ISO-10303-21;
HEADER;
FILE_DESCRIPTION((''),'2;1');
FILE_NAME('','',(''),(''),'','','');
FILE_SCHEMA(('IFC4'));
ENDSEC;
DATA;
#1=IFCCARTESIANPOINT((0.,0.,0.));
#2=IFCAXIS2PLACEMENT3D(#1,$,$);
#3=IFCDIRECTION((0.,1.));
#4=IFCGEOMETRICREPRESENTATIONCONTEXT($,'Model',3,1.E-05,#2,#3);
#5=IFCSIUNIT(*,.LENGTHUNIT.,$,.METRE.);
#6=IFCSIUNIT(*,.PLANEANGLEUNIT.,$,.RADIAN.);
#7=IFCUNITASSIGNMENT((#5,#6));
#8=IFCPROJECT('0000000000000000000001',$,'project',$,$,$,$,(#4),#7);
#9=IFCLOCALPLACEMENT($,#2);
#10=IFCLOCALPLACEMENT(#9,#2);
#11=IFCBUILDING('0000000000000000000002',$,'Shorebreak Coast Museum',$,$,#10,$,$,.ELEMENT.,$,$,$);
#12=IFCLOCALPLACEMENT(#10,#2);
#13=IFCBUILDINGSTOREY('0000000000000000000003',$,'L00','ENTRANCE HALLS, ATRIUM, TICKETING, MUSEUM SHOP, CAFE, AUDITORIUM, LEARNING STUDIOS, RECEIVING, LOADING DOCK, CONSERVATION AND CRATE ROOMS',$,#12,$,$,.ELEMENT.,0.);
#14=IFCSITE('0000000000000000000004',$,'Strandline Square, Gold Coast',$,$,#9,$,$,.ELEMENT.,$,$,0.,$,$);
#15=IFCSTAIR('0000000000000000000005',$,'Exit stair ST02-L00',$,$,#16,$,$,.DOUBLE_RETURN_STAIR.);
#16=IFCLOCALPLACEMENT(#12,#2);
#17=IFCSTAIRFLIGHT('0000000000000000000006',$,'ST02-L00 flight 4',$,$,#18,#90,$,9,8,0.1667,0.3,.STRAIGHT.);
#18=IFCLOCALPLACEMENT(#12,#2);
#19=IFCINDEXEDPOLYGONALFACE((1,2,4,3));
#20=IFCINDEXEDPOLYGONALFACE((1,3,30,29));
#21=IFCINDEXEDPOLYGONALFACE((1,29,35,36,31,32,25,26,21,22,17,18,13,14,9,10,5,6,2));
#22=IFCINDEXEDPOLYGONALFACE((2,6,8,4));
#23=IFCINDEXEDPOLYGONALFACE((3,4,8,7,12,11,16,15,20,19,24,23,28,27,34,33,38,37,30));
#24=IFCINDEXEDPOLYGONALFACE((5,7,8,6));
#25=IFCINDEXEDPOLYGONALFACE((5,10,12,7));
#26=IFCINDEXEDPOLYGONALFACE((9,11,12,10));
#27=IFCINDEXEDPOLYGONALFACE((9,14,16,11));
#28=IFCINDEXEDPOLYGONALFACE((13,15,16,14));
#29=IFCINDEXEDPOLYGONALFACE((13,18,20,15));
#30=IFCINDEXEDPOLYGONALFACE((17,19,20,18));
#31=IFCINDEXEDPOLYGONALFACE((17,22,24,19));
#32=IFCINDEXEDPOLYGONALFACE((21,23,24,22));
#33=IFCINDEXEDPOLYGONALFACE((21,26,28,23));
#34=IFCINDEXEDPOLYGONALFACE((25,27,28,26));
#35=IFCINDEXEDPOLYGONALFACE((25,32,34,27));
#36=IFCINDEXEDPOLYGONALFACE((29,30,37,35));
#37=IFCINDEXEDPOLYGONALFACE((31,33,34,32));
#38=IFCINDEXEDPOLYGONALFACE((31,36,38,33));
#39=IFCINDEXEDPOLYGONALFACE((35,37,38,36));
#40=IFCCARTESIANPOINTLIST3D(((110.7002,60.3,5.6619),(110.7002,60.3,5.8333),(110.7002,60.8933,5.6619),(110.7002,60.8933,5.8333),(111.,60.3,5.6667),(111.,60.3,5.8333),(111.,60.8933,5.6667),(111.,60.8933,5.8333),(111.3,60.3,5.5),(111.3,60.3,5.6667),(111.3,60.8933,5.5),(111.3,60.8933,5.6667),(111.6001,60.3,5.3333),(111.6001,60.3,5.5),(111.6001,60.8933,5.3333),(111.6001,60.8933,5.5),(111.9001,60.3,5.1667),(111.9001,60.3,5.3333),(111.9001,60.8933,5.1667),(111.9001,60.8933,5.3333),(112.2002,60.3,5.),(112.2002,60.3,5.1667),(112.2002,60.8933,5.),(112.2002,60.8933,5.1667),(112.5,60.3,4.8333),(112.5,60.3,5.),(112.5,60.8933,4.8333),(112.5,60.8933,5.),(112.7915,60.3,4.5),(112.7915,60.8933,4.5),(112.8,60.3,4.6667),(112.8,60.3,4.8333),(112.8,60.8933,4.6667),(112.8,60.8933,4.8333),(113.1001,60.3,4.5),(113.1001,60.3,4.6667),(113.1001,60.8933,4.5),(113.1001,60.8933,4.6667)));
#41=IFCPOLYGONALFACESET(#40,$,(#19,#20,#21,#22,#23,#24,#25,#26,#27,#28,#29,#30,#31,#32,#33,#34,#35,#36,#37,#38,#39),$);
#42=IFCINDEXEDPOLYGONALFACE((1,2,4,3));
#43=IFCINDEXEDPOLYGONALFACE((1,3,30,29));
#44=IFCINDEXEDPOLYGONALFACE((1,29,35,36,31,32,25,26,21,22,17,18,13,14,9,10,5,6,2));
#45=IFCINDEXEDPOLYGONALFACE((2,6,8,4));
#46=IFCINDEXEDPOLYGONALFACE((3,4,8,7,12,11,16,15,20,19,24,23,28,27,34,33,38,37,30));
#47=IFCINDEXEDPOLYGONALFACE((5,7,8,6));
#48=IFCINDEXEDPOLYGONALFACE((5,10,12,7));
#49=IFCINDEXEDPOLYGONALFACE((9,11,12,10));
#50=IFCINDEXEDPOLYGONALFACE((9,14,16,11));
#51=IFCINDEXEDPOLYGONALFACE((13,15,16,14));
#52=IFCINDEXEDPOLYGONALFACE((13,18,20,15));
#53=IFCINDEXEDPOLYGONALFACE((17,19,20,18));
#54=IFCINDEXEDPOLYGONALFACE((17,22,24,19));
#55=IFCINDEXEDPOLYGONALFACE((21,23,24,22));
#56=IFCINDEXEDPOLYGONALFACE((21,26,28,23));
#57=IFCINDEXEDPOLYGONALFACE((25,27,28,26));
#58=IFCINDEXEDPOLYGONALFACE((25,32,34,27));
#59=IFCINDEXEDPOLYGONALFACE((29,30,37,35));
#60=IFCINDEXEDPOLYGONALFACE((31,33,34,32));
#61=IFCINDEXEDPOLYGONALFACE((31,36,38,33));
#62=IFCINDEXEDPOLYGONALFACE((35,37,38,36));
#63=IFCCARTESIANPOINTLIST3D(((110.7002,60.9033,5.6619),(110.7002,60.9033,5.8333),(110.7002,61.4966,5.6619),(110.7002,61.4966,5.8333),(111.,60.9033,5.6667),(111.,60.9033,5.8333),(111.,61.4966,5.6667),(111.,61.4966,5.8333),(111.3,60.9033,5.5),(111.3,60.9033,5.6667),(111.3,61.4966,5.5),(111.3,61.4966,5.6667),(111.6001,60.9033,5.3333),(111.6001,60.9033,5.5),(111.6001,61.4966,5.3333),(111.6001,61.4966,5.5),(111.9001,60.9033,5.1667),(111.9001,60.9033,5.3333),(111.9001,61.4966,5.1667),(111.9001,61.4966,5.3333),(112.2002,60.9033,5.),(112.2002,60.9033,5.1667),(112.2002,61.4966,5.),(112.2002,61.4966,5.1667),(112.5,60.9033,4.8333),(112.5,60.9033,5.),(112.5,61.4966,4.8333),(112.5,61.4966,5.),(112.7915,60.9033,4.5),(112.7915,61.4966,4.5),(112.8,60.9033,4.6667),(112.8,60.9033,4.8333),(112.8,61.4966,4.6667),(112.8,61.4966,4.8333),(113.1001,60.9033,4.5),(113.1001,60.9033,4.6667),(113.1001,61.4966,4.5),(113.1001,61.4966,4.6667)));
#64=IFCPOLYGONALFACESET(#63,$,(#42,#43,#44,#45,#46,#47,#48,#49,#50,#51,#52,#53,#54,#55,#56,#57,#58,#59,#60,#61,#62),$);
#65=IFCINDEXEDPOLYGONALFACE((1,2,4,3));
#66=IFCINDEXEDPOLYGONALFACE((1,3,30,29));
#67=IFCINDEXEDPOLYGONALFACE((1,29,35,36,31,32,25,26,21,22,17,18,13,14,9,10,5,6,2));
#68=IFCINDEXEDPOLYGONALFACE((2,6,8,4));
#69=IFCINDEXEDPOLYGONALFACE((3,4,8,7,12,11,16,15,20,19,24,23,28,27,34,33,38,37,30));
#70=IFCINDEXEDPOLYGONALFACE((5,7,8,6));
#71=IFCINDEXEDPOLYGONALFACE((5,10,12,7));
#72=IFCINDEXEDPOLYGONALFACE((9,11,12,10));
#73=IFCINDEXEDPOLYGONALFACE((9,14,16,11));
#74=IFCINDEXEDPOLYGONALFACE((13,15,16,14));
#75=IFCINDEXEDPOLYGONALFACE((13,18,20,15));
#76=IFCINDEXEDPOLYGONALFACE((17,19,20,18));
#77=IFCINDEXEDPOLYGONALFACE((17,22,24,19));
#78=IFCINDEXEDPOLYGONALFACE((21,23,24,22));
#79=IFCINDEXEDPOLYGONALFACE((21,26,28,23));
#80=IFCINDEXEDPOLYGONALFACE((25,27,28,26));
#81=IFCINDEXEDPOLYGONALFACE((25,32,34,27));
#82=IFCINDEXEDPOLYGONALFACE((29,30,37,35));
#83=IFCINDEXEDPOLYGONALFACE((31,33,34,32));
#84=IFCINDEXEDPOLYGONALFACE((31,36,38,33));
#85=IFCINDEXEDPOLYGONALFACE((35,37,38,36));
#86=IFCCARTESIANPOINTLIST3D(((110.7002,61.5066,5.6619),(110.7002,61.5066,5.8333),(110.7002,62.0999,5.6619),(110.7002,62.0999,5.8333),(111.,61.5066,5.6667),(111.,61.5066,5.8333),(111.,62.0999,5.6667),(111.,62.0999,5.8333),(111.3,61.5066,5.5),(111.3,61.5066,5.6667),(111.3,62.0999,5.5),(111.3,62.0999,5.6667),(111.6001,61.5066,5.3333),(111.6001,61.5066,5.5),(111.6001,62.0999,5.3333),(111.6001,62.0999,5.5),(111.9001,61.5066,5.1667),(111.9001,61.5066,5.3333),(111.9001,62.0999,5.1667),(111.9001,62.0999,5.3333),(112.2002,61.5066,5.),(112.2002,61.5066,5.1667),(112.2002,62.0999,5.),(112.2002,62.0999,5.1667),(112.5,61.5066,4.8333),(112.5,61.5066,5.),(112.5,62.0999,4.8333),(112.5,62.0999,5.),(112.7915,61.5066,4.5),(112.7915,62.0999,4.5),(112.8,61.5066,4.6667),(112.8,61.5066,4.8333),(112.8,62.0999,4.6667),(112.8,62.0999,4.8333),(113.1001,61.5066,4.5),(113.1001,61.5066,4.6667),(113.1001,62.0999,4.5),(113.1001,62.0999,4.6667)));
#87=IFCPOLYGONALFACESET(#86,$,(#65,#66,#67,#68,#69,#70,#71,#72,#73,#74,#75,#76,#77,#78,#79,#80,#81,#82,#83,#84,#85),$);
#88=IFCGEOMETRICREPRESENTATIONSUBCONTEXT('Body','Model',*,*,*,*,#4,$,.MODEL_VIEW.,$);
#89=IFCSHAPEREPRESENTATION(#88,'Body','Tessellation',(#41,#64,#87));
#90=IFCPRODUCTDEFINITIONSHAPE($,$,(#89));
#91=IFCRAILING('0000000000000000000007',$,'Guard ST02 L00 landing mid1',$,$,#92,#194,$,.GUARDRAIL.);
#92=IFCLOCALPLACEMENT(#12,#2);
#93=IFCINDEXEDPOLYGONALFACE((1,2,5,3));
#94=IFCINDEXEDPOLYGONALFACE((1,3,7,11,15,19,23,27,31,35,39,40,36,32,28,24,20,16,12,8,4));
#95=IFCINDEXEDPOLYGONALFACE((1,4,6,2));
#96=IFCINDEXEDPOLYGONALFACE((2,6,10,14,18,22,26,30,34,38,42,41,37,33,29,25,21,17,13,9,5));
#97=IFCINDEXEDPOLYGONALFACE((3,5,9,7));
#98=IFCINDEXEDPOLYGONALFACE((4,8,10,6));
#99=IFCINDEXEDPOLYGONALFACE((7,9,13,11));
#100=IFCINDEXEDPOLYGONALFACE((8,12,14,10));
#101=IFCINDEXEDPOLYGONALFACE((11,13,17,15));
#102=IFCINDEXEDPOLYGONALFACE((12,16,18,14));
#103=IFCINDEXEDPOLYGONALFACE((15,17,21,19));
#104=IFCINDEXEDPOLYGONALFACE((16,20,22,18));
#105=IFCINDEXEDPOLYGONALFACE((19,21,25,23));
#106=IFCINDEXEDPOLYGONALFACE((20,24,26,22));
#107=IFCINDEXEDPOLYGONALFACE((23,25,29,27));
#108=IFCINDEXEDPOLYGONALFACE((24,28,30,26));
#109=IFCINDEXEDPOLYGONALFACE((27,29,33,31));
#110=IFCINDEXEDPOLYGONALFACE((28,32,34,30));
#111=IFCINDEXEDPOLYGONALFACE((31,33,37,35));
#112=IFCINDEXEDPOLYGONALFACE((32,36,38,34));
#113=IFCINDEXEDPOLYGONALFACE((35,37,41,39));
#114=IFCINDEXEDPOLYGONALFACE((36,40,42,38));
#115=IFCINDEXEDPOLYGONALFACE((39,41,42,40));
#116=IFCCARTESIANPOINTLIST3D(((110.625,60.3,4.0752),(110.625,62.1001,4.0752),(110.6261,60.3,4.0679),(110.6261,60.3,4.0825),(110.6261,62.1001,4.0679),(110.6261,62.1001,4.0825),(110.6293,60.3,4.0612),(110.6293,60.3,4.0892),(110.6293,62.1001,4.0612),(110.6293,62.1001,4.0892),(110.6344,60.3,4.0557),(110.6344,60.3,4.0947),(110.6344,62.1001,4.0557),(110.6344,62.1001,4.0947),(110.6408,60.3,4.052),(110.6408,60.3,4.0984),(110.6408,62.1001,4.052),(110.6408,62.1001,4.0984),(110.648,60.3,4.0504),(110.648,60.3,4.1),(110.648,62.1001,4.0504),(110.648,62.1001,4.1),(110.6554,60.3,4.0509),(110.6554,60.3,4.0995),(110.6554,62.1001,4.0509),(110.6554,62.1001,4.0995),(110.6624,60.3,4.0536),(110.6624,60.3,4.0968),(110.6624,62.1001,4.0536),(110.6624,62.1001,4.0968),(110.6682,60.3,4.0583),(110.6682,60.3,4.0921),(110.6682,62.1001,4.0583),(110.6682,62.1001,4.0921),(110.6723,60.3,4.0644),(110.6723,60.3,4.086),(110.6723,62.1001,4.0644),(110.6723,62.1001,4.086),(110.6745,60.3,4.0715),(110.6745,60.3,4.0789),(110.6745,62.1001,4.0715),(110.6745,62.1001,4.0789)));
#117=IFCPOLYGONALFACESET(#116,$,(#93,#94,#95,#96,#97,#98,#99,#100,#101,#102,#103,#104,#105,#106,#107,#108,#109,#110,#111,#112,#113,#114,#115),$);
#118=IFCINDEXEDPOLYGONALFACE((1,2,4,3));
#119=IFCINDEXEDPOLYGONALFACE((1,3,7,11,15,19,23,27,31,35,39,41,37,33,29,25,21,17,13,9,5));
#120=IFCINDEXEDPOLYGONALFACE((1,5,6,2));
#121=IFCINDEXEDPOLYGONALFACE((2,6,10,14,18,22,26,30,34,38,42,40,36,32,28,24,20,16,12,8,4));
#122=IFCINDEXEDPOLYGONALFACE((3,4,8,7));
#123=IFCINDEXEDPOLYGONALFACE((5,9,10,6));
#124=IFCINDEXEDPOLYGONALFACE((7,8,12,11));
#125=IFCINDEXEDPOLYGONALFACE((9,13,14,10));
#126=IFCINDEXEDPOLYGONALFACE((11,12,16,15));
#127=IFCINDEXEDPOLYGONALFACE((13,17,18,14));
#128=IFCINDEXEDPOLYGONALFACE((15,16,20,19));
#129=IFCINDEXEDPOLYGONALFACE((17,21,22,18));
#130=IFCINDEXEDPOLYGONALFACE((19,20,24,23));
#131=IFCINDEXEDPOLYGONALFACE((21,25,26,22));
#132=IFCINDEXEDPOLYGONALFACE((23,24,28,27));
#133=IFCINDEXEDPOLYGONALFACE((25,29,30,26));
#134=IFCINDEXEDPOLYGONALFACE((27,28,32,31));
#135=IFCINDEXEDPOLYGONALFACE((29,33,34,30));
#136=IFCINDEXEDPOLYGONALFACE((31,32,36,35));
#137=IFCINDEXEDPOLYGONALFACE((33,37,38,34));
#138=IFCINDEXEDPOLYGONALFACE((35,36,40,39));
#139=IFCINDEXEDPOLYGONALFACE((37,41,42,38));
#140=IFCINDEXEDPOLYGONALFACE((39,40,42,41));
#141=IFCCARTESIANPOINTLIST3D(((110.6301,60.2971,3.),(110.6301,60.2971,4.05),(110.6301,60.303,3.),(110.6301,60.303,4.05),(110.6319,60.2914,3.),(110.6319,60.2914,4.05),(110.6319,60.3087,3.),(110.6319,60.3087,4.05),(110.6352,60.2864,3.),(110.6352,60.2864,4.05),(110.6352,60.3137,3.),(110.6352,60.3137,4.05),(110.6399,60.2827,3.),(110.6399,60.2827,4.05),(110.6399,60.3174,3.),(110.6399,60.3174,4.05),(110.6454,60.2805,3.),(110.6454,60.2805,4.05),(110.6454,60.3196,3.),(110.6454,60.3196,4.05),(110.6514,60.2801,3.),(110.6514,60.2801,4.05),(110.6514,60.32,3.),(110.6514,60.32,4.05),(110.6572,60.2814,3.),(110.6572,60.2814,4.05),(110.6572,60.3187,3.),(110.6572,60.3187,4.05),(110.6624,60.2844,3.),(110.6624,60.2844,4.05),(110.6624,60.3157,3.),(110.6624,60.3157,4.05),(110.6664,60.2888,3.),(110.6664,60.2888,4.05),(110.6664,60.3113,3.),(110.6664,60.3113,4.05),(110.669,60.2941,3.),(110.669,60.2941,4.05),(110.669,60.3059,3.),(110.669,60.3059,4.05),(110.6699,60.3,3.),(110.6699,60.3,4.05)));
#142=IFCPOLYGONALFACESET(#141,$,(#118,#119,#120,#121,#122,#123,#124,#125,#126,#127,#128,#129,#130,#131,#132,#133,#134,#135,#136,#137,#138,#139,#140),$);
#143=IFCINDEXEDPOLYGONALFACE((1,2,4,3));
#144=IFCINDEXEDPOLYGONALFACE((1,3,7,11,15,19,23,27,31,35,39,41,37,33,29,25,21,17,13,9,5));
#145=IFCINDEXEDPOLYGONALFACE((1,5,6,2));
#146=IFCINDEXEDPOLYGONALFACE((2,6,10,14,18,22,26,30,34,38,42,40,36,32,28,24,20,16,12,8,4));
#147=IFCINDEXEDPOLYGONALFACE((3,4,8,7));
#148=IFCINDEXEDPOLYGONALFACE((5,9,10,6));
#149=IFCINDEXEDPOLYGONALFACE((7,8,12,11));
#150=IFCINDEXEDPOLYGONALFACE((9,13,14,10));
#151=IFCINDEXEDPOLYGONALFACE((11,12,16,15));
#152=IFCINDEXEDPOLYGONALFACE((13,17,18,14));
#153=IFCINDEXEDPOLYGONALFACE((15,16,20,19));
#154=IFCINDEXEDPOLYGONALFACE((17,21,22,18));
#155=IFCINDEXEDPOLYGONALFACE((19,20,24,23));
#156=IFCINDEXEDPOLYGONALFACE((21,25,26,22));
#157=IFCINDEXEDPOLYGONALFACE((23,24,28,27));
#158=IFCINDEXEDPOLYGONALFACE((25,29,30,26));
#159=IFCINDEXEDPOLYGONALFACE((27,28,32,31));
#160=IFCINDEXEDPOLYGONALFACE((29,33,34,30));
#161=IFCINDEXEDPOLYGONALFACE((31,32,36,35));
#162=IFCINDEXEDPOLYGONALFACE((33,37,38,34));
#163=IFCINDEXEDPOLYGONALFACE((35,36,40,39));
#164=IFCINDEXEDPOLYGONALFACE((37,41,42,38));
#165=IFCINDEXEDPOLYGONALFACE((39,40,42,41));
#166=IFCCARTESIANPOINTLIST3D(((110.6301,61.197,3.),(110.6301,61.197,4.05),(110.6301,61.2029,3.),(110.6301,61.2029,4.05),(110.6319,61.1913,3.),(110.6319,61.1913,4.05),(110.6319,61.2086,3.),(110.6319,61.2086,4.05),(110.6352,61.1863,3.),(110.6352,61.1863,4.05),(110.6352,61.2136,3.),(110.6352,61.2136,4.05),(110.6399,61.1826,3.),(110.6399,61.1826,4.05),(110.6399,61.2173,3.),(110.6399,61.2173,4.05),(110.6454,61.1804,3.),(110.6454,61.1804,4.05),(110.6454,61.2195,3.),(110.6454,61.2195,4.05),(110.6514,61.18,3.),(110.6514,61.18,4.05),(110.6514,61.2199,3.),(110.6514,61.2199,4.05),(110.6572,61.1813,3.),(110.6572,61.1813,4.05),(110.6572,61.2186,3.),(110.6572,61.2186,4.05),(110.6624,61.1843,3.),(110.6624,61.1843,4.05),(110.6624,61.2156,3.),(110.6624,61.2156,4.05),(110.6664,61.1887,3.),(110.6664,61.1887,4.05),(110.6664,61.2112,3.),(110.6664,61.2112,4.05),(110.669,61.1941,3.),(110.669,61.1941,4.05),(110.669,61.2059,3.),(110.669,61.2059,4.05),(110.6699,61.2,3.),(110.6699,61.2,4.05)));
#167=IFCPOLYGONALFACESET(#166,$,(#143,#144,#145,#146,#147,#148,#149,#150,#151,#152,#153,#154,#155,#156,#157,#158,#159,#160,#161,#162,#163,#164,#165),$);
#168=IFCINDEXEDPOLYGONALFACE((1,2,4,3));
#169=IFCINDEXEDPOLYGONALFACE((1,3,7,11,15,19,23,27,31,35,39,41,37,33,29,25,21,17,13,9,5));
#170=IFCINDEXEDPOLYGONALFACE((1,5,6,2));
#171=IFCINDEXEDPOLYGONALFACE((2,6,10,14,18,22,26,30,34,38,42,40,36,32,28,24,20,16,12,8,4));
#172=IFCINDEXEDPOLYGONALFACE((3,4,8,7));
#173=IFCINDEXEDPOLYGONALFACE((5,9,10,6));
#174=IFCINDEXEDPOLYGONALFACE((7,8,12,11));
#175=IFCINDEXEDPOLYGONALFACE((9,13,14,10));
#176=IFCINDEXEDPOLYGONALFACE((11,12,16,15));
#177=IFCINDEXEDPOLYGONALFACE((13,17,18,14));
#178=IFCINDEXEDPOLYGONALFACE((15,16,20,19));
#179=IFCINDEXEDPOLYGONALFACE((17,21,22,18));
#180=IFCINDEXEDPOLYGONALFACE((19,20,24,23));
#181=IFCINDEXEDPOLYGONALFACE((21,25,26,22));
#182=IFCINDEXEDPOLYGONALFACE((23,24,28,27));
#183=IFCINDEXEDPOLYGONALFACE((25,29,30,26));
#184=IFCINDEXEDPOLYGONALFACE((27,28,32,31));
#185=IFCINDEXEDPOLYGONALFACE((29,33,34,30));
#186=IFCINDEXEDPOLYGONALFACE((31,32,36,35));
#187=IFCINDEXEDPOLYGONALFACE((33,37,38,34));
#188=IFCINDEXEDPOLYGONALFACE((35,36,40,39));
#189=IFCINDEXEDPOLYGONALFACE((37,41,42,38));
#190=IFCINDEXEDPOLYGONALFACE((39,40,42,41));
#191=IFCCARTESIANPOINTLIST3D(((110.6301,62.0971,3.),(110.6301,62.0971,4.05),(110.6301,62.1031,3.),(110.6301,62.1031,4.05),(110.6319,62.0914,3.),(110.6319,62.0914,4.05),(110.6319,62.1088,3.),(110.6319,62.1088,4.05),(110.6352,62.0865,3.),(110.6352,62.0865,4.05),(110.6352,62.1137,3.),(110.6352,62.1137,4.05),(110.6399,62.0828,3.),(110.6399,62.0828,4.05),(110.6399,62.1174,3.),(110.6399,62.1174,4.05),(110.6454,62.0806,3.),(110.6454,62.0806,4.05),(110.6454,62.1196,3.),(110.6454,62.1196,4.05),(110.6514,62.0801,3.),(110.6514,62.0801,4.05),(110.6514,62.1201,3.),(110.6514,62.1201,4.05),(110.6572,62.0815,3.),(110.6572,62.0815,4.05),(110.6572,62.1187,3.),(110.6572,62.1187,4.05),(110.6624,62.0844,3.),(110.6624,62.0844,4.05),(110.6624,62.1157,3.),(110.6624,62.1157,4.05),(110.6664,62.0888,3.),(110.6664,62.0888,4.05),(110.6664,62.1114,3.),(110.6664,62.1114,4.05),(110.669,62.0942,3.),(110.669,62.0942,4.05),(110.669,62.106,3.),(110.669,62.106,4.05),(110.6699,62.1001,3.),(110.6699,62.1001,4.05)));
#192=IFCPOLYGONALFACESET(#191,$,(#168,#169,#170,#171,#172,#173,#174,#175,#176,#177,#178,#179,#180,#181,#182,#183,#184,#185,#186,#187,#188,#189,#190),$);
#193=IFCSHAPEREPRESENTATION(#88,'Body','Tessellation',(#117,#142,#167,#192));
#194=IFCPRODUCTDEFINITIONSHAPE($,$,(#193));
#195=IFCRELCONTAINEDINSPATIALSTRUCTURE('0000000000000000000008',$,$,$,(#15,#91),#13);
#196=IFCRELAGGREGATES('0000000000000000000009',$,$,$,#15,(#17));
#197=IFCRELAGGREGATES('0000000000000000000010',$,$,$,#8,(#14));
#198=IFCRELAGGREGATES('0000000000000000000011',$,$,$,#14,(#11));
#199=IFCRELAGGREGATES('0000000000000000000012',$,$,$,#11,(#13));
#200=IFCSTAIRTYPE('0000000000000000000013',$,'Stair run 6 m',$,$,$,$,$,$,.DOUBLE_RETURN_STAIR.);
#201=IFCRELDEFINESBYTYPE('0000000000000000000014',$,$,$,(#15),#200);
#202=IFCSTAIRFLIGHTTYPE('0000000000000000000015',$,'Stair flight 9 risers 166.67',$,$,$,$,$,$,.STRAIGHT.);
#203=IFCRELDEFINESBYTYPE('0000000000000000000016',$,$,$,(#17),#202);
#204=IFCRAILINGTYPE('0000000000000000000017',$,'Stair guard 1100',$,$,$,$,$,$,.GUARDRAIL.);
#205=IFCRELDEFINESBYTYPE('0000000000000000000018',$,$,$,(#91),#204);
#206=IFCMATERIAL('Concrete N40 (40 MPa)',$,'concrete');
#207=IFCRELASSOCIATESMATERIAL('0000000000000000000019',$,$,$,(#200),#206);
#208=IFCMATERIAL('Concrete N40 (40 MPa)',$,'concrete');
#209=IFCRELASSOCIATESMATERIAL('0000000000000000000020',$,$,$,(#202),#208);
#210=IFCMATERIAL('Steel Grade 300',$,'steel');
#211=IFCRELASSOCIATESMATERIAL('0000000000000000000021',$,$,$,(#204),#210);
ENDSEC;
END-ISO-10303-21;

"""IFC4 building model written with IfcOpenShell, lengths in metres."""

from ifc_helpers import new_model, si_unit, direction, frame, origin, origin_2d, place, context, subcontext, project, spatial, polyline, circle, outline, extrude, material, type_object, element, aggregate, save


model = new_model("IFC4")

# Units and contexts
model_context = context("Model", 3, precision=1e-05, world=origin(), true_north=direction((0.0, 1.0)))
body_context = subcontext(model_context, "Body", "Model", "MODEL_VIEW")
ifc_project = project(units=[si_unit("LENGTHUNIT", "METRE"), si_unit("PLANEANGLEUNIT", "RADIAN")], contexts=[model_context])

# Site, building, storey
site_placement = place(None, origin())
site = spatial("IfcSite", under=ifc_project, at=site_placement, Name="Strandline Square, Gold Coast", CompositionType="ELEMENT", RefElevation=0.0)
building_placement = place(site_placement, origin())
building = spatial("IfcBuilding", under=site, at=building_placement, Name="Shorebreak Coast Museum", CompositionType="ELEMENT")
storey_placement = place(building_placement, origin())
storey = spatial("IfcBuildingStorey", under=building, at=storey_placement, Name="L00", Description="ENTRANCE HALLS, ATRIUM, TICKETING, MUSEUM SHOP, CAFE, AUDITORIUM, LEARNING STUDIOS, RECEIVING, LOADING DOCK, CONSERVATION AND CRATE ROOMS", CompositionType="ELEMENT", Elevation=0.0)

# Stair, stair flight
ifc_material_1 = material(Name="Concrete N40 (40 MPa)", Category="concrete")
stair_type = type_object("IfcStairType", Name="Stair run 6 m", PredefinedType="DOUBLE_RETURN_STAIR", material=ifc_material_1)
stair_placement = place(storey_placement, origin())
stair = element("IfcStair", 1, at=stair_placement, inside=storey, type_object=stair_type, Name="Exit stair ST02-L00", PredefinedType="DOUBLE_RETURN_STAIR")
ifc_material_2 = material(Name="Concrete N40 (40 MPa)", Category="concrete")
stair_flight_type = type_object("IfcStairFlightType", Name="Stair flight 9 risers 166.67", PredefinedType="STRAIGHT", material=ifc_material_2)
stair_flight_1_placement = place(storey_placement, frame((113.1001, 61.2, 4.5), z_axis=(0.0, 0.0, 1.0), x_axis=(-1.0, 0.0, 0.0)))
stair_flight_1 = element("IfcStairFlight", 2, at=stair_flight_1_placement, type_object=stair_flight_type, Name="ST02-L00 flight 4", NumberOfRisers=9, NumberOfTreads=8, PredefinedType="STRAIGHT", RiserHeight=0.1667, TreadLength=0.3, context=body_context, shape_type="SweptSolid", body=[
    extrude(outline(polyline([(0.0, 0.0), (0.0, 0.1667), (0.3, 0.1667), (0.3, 0.3333), (0.6001, 0.3333), (0.6001, 0.5), (0.8999, 0.5), (0.8999, 0.6667), (1.2, 0.6667), (1.2, 0.8333), (1.5, 0.8333), (1.5, 1.0), (1.8, 1.0), (1.8, 1.1667), (2.1001, 1.1667), (2.1001, 1.3333), (2.3999, 1.3333), (2.3999, 1.5), (2.3999, 1.1619), (0.3086, 0.0), (0.0, 0.0)])), frame((0.0, 0.8999, 0.0), z_axis=(0.0, -1.0, 0.0), x_axis=(1.0, 0.0, 0.0)), (0.0, 0.0, 1.0), 0.5933),
    extrude(outline(polyline([(0.0, 0.0), (0.0, 0.1667), (0.3, 0.1667), (0.3, 0.3333), (0.6001, 0.3333), (0.6001, 0.5), (0.8999, 0.5), (0.8999, 0.6667), (1.2, 0.6667), (1.2, 0.8333), (1.5, 0.8333), (1.5, 1.0), (1.8, 1.0), (1.8, 1.1667), (2.1001, 1.1667), (2.1001, 1.3333), (2.3999, 1.3333), (2.3999, 1.5), (2.3999, 1.1619), (0.3086, 0.0), (0.0, 0.0)])), frame((0.0, 0.2966, 0.0), z_axis=(0.0, -1.0, 0.0), x_axis=(1.0, 0.0, 0.0)), (0.0, 0.0, 1.0), 0.5933),
    extrude(outline(polyline([(0.0, 0.0), (0.0, 0.1667), (0.3, 0.1667), (0.3, 0.3333), (0.6001, 0.3333), (0.6001, 0.5), (0.8999, 0.5), (0.8999, 0.6667), (1.2, 0.6667), (1.2, 0.8333), (1.5, 0.8333), (1.5, 1.0), (1.8, 1.0), (1.8, 1.1667), (2.1001, 1.1667), (2.1001, 1.3333), (2.3999, 1.3333), (2.3999, 1.5), (2.3999, 1.1619), (0.3086, 0.0), (0.0, 0.0)])), frame((0.0, -0.3066, 0.0), z_axis=(0.0, -1.0, 0.0), x_axis=(1.0, 0.0, 0.0)), (0.0, 0.0, 1.0), 0.5933),
])
aggregate(stair, [stair_flight_1])

# Railing
ifc_material_3 = material(Name="Steel Grade 300", Category="steel")
railing_type_1 = type_object("IfcRailingType", Name="Stair guard 1100", PredefinedType="GUARDRAIL", material=ifc_material_3)
railing_1_placement = place(storey_placement, frame((110.6499, 60.3, 3.0)))
element("IfcRailing", 3, at=railing_1_placement, inside=storey, type_object=railing_type_1, Name="Guard ST02 L00 landing mid1", PredefinedType="GUARDRAIL", context=body_context, shape_type="SweptSolid", body=[
    extrude(circle(Radius=0.0249, at=origin_2d()), frame((0.0, 0.0, 1.0752), z_axis=(0.0, 1.0, 0.0), x_axis=(-1.0, 0.0, 0.0)), (0.0, 0.0, 1.0), 1.8),
    extrude(circle(Radius=0.02, at=origin_2d()), origin(), (0.0, 0.0, 1.0), 1.05),
    extrude(circle(Radius=0.02, at=origin_2d()), frame((0.0, 0.8999, 0.0)), (0.0, 0.0, 1.0), 1.05),
    extrude(circle(Radius=0.02, at=origin_2d()), frame((0.0, 1.8, 0.0)), (0.0, 0.0, 1.0), 1.05),
])

save(model, "model.ifc")
